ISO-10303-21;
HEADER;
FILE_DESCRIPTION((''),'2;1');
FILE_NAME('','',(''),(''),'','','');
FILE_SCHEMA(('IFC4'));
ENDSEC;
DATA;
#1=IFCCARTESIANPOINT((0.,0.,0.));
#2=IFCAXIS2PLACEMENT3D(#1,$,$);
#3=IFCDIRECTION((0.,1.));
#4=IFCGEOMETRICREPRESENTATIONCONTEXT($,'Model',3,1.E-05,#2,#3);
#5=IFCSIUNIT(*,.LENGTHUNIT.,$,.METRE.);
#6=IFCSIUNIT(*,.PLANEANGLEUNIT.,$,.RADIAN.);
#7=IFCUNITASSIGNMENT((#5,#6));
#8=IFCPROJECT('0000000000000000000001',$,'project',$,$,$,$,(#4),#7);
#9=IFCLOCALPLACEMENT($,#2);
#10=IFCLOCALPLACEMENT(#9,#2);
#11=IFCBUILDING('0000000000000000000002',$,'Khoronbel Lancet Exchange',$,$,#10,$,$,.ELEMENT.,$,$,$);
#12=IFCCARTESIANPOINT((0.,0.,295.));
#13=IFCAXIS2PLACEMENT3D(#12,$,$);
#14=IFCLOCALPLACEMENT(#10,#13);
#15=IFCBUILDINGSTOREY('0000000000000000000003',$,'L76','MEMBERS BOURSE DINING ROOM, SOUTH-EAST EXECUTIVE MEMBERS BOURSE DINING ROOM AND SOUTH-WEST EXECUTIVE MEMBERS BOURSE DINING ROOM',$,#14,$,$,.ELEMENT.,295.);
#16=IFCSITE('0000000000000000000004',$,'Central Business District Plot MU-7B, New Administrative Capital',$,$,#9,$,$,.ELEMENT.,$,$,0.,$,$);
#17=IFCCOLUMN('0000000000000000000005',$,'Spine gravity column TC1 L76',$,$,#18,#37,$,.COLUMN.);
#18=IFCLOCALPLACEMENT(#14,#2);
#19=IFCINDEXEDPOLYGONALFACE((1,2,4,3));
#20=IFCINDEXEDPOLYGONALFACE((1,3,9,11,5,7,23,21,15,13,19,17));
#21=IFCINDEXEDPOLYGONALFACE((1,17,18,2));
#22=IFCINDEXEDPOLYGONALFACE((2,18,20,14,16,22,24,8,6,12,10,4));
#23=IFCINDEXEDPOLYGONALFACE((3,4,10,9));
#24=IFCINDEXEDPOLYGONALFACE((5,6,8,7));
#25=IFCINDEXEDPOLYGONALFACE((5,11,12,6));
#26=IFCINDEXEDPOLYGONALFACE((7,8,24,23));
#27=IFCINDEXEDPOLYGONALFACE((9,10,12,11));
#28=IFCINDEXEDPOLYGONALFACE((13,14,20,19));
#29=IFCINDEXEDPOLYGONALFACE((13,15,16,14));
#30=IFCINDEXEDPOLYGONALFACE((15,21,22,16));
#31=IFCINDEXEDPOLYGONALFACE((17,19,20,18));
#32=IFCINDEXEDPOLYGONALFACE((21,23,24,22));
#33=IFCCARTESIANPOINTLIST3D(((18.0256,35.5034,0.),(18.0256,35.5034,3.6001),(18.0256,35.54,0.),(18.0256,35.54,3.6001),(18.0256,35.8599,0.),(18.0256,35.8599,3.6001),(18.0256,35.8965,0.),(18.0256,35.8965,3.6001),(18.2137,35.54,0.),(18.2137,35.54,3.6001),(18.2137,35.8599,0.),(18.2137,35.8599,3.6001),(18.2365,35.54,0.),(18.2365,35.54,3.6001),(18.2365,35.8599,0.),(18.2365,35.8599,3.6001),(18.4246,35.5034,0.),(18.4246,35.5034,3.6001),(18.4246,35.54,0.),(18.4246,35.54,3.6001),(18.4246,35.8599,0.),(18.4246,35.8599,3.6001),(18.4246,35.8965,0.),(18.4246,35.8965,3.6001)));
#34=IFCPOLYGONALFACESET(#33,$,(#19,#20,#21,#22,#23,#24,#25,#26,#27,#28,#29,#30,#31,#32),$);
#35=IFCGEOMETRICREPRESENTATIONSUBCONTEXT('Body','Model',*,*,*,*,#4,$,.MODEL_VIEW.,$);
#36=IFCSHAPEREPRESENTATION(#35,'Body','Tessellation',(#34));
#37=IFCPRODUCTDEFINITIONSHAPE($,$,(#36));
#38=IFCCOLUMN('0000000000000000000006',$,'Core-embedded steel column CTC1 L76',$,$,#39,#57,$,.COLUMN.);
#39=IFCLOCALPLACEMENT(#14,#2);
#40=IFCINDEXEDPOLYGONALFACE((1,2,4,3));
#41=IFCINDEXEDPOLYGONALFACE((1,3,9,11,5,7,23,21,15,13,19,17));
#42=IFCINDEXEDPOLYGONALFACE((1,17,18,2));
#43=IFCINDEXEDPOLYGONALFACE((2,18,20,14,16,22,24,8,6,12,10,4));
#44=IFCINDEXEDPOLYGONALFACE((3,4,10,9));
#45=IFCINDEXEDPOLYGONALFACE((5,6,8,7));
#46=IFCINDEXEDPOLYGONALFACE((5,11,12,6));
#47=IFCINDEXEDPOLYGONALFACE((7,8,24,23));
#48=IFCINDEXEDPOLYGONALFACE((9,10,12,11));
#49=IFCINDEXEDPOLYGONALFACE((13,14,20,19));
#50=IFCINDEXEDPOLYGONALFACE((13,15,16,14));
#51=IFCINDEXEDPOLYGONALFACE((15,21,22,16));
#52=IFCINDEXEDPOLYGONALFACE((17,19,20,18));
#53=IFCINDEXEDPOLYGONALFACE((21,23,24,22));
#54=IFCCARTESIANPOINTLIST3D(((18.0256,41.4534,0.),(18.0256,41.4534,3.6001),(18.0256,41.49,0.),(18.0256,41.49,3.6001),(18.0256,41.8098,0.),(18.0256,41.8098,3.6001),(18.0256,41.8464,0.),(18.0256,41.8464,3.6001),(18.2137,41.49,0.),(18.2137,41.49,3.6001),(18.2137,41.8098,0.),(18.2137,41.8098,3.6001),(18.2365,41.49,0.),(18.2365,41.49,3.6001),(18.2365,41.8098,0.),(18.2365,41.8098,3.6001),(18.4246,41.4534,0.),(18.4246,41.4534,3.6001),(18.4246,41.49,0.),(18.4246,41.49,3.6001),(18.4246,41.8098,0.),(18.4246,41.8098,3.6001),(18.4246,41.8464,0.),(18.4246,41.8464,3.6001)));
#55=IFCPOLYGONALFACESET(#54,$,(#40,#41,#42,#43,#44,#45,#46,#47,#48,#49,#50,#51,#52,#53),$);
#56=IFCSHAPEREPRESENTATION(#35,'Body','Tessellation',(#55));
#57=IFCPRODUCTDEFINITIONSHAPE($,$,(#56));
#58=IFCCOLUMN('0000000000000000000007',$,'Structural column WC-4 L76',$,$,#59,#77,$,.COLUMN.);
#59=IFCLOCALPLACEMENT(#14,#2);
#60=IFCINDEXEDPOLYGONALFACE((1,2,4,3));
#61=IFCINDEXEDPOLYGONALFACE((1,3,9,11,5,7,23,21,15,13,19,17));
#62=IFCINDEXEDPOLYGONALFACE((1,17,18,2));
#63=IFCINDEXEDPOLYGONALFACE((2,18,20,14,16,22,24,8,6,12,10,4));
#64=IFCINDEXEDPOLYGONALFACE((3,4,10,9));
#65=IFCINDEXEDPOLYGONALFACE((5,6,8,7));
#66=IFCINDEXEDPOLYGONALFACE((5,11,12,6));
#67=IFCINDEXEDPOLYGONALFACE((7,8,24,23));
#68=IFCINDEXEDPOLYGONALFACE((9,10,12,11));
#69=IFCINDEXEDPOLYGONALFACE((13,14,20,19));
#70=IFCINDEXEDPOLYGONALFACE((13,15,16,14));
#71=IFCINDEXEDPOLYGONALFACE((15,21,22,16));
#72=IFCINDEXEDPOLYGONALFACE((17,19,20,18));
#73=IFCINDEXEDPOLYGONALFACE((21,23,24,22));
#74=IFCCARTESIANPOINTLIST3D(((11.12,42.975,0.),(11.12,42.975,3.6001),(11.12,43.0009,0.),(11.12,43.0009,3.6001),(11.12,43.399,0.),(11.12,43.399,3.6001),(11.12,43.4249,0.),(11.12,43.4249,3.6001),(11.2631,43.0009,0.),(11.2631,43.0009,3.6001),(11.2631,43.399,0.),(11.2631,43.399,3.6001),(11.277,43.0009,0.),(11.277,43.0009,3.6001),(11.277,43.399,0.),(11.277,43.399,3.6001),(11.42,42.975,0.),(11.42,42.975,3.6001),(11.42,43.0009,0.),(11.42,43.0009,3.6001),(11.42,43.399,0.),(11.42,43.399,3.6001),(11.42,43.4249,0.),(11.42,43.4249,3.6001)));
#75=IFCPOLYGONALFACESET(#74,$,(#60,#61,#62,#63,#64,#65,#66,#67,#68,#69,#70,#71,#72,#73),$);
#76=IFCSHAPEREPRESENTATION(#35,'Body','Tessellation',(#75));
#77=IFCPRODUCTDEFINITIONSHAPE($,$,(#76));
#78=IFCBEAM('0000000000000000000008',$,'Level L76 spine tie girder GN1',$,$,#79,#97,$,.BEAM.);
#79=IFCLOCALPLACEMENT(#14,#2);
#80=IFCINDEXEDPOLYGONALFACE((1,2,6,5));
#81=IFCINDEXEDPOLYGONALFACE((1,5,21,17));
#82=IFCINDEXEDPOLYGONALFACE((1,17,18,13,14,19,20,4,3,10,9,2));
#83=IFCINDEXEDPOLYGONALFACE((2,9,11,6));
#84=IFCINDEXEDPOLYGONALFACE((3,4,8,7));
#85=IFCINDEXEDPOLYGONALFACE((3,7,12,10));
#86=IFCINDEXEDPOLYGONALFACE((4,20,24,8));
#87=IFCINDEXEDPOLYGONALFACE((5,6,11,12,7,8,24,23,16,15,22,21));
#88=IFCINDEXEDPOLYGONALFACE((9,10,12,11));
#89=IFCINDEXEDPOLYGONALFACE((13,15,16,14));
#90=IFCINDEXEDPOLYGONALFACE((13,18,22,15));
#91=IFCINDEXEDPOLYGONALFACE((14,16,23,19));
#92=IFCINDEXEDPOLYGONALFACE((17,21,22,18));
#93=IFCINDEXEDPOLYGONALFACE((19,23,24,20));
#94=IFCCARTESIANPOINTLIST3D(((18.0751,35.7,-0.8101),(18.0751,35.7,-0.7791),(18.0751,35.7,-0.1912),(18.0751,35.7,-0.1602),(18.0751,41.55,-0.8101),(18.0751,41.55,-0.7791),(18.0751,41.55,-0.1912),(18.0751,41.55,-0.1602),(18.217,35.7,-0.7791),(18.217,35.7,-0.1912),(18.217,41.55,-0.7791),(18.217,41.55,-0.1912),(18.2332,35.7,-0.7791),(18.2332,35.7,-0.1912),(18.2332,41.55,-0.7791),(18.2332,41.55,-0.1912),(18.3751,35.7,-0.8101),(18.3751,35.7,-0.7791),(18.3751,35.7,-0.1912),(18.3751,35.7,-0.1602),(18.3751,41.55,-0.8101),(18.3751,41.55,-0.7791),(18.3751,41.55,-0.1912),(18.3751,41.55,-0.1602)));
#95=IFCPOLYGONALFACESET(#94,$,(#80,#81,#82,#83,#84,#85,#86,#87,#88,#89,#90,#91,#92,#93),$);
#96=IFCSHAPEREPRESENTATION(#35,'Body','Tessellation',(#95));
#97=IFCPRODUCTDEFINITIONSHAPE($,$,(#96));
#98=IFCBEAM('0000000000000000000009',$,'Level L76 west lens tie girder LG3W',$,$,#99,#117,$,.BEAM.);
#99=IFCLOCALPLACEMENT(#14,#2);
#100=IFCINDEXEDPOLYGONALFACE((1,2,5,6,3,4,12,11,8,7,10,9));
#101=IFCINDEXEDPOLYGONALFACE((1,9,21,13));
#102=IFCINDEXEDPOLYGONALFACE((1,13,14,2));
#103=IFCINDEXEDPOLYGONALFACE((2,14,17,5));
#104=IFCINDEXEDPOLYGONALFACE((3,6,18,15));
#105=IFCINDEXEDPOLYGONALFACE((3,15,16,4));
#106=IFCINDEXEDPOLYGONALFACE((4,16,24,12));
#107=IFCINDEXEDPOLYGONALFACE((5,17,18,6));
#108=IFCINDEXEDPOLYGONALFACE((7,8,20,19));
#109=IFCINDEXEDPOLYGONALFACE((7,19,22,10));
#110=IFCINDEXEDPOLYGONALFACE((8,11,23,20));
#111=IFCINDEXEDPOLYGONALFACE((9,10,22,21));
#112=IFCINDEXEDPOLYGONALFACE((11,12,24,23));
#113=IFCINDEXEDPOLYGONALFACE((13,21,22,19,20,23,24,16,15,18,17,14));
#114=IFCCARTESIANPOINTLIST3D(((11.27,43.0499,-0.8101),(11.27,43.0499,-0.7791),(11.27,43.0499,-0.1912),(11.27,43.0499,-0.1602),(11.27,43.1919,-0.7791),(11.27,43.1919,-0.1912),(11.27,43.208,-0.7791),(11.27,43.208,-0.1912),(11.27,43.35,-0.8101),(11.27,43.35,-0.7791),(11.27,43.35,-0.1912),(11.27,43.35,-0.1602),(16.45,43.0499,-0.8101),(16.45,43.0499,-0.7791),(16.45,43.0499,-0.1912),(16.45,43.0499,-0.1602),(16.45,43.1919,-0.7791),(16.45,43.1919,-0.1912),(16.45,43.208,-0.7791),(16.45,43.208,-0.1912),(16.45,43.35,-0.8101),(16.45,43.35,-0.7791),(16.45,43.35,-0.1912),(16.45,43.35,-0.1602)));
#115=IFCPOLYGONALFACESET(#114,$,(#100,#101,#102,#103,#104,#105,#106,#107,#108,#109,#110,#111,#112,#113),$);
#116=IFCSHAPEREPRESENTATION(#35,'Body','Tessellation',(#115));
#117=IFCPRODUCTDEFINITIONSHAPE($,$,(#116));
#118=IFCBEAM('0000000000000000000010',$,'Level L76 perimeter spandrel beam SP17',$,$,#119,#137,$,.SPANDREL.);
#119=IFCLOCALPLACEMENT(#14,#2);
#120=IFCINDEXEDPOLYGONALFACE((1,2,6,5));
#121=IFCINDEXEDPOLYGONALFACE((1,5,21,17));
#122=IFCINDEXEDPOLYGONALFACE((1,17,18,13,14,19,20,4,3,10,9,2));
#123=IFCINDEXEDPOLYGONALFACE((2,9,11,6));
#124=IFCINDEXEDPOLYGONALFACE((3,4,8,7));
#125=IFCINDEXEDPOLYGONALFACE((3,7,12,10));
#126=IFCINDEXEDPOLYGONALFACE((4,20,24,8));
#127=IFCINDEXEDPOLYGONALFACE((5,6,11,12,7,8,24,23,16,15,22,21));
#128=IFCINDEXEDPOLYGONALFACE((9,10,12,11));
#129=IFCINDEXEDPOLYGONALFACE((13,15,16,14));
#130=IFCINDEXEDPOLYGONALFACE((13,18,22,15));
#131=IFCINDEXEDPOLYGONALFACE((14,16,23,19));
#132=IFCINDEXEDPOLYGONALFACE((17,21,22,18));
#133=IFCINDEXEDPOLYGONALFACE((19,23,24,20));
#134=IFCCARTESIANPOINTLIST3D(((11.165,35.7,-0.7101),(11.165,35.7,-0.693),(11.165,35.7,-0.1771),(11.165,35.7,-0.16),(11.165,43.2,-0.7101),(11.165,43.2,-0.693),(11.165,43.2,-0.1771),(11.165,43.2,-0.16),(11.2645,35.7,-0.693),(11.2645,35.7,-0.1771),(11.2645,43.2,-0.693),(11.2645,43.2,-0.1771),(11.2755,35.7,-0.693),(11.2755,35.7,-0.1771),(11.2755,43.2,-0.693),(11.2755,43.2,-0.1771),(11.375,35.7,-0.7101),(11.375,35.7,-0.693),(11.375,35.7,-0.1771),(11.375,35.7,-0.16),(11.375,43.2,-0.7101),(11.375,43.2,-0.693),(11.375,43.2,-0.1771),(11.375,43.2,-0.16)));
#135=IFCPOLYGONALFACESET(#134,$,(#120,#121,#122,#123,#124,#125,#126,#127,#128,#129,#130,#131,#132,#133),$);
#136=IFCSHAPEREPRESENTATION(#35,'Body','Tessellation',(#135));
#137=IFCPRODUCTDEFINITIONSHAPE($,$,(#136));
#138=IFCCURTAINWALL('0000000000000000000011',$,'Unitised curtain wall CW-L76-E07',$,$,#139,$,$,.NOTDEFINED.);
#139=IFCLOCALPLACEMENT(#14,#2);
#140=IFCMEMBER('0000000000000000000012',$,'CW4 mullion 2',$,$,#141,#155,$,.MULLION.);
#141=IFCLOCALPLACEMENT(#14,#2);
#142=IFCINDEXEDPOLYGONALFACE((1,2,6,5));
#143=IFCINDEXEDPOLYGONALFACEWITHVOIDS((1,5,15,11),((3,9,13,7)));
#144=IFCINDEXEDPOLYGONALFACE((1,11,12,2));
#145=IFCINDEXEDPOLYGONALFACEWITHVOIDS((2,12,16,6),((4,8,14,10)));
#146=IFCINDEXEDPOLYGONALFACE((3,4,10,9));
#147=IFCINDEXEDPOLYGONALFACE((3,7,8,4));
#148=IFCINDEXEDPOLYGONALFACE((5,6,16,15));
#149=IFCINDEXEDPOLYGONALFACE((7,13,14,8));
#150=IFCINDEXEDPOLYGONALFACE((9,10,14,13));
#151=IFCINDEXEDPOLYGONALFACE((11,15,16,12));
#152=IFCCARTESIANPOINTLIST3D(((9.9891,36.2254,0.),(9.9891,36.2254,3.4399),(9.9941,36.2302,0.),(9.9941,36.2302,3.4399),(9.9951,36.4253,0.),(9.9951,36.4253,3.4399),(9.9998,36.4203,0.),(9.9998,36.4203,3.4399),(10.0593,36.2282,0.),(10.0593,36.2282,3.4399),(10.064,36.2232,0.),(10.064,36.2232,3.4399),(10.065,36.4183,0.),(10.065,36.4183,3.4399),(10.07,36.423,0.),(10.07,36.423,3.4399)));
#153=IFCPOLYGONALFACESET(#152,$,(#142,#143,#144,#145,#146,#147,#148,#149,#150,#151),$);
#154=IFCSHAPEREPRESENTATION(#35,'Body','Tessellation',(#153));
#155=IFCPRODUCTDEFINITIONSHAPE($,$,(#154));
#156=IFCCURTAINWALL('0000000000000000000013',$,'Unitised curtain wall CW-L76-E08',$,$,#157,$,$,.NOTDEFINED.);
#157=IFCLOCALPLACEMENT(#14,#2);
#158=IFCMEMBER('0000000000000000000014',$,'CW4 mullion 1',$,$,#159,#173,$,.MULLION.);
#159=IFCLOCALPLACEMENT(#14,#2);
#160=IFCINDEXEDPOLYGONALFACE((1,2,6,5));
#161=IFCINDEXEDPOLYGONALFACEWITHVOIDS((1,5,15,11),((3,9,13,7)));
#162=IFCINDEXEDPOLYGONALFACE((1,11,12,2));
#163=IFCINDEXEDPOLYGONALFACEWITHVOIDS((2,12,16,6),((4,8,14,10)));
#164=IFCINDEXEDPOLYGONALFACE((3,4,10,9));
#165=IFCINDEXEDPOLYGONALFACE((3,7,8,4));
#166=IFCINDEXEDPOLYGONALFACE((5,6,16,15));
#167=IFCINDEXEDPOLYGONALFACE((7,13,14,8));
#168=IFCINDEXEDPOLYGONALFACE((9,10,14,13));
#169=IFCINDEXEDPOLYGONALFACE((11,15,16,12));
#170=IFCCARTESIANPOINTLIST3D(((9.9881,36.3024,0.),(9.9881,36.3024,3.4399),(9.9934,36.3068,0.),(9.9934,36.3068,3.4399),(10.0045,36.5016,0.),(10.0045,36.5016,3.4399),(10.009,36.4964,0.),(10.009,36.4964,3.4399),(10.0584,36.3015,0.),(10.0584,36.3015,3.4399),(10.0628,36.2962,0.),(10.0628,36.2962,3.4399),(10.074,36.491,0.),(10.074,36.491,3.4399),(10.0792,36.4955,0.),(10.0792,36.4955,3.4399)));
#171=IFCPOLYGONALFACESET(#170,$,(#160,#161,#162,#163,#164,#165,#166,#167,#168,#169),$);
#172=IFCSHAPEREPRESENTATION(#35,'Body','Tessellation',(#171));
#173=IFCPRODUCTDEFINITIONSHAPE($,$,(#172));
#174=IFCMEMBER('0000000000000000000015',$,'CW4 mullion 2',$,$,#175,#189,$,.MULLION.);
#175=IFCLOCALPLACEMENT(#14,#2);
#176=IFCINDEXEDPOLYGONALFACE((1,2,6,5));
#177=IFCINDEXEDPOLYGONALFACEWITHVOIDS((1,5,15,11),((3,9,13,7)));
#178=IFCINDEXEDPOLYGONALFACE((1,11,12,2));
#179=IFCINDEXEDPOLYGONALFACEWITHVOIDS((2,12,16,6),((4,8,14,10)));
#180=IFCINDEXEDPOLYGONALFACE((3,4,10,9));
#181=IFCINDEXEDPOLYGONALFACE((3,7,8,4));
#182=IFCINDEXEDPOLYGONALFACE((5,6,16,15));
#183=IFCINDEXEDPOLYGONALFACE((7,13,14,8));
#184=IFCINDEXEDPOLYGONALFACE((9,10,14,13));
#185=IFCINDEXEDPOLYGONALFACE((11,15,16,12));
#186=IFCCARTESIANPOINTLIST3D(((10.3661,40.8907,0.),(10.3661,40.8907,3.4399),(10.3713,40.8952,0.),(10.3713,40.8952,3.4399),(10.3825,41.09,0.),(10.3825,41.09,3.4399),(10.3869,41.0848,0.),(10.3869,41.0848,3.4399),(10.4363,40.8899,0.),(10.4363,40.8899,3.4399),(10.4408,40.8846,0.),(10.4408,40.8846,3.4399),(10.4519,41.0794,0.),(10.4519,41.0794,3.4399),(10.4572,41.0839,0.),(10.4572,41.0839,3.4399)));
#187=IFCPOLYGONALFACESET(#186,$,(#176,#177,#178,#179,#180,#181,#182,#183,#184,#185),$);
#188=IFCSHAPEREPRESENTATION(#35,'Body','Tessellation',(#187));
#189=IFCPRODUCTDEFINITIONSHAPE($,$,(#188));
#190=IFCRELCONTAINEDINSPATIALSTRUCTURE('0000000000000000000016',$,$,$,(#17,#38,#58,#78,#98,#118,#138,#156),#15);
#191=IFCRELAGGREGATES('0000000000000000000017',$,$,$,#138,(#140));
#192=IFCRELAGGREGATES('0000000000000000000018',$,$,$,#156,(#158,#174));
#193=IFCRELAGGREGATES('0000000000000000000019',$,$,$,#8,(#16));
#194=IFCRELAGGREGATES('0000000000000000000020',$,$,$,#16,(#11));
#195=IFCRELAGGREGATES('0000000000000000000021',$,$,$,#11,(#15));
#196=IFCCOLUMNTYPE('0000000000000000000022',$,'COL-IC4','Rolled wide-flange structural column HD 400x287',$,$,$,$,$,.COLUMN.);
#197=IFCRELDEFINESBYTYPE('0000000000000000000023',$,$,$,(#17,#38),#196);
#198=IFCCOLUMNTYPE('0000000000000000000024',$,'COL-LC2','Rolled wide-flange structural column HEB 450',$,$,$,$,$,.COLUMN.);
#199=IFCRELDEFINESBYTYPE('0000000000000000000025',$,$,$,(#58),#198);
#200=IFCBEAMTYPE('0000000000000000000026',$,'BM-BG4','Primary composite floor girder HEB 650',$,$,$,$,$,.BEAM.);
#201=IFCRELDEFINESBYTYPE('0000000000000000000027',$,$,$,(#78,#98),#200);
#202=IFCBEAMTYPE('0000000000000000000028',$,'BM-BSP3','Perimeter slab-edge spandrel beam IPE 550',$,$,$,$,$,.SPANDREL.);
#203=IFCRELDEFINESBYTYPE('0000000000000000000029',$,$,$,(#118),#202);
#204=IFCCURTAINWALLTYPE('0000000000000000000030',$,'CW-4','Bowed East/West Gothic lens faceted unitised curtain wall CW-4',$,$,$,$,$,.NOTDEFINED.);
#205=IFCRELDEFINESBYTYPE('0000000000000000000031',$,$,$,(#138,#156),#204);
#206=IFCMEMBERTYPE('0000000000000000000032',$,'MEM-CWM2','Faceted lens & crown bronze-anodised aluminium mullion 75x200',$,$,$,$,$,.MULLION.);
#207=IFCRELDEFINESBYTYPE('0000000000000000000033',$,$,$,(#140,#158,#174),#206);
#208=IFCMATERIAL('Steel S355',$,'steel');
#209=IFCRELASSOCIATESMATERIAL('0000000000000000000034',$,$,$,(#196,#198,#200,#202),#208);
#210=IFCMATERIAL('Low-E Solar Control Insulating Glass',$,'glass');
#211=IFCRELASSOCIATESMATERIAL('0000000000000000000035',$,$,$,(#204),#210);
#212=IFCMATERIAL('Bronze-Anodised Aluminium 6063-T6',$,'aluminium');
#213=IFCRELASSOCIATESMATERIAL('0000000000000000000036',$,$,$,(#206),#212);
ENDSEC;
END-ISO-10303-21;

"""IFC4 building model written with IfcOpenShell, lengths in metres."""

from ifc_helpers import new_model, si_unit, direction, frame, origin, origin_2d, place, context, subcontext, project, spatial, hollow_rectangle, i_section, extrude, material, material_profile, profile_set, type_object, element, aggregate, save


model = new_model("IFC4")

# Units and contexts
model_context = context("Model", 3, precision=1e-05, world=origin(), true_north=direction((0.0, 1.0)))
body_context = subcontext(model_context, "Body", "Model", "MODEL_VIEW")
ifc_project = project(units=[si_unit("LENGTHUNIT", "METRE"), si_unit("PLANEANGLEUNIT", "RADIAN")], contexts=[model_context])

# Site, building, storey
site_placement = place(None, origin())
site = spatial("IfcSite", under=ifc_project, at=site_placement, Name="Central Business District Plot MU-7B, New Administrative Capital", CompositionType="ELEMENT", RefElevation=0.0)
building_placement = place(site_placement, origin())
building = spatial("IfcBuilding", under=site, at=building_placement, Name="Khoronbel Lancet Exchange", CompositionType="ELEMENT")
storey_placement = place(building_placement, frame((0.0, 0.0, 295.0)))
storey = spatial("IfcBuildingStorey", under=building, at=storey_placement, Name="L76", Description="MEMBERS BOURSE DINING ROOM, SOUTH-EAST EXECUTIVE MEMBERS BOURSE DINING ROOM AND SOUTH-WEST EXECUTIVE MEMBERS BOURSE DINING ROOM", CompositionType="ELEMENT", Elevation=295.0)

# Columns
ifc_material_1 = material(Name="Steel S355", Category="steel")
ifc_material_profile_1 = material_profile(ifc_material_1, i_section(OverallWidth=0.3989, OverallDepth=0.3931, WebThickness=0.0227, FlangeThickness=0.0366, at=origin_2d()), Name="HD 400x287")
ifc_profile_set_1 = profile_set([ifc_material_profile_1], Name="Steel S355")
column_type_1 = type_object("IfcColumnType", Name="COL-IC4", Description="Rolled wide-flange structural column HD 400x287", PredefinedType="COLUMN", material=ifc_profile_set_1)
for number, where, z_axis, x_axis, name in (
    (1, (18.2251, 35.7, 0.0), (0.0, 0.0, 1.0), (1.0, 0.0, 0.0), "Spine gravity column TC1 L76"),
    (2, (18.2251, 41.6499, 0.0), (0.0, 0.0, 1.0), (1.0, 0.0, 0.0), "Core-embedded steel column CTC1 L76"),
):
    element("IfcColumn", number, at=place(storey_placement, frame(where, z_axis=z_axis, x_axis=x_axis)), inside=storey, type_object=column_type_1, Name=name, PredefinedType="COLUMN", context=body_context, shape_type="SweptSolid", body=[
        extrude(i_section(OverallWidth=0.3989, OverallDepth=0.3931, WebThickness=0.0227, FlangeThickness=0.0366, at=origin_2d()), origin(), (0.0, 0.0, 1.0), 3.6001),
    ])
ifc_material_profile_2 = material_profile(ifc_material_1, i_section(OverallWidth=0.3, OverallDepth=0.45, WebThickness=0.0139, FlangeThickness=0.0259, at=origin_2d()), Name="HEB 450")
ifc_profile_set_2 = profile_set([ifc_material_profile_2], Name="Steel S355")
column_type_2 = type_object("IfcColumnType", Name="COL-LC2", Description="Rolled wide-flange structural column HEB 450", PredefinedType="COLUMN", material=ifc_profile_set_2)
column_placement = place(storey_placement, frame((11.27, 43.2, 0.0), z_axis=(0.0, 0.0, 1.0), x_axis=(1.0, 0.0, 0.0)))
element("IfcColumn", 3, at=column_placement, inside=storey, type_object=column_type_2, Name="Structural column WC-4 L76", PredefinedType="COLUMN", context=body_context, shape_type="SweptSolid", body=[
    extrude(i_section(OverallWidth=0.3, OverallDepth=0.45, WebThickness=0.0139, FlangeThickness=0.0259, at=origin_2d()), origin(), (0.0, 0.0, 1.0), 3.6001),
])

# Beams
ifc_material_profile_3 = material_profile(ifc_material_1, i_section(OverallWidth=0.3, OverallDepth=0.6499, WebThickness=0.0161, FlangeThickness=0.031, at=origin_2d()), Name="HEB 650")
ifc_profile_set_3 = profile_set([ifc_material_profile_3], Name="Steel S355")
beam_type_1 = type_object("IfcBeamType", Name="BM-BG4", Description="Primary composite floor girder HEB 650", PredefinedType="BEAM", material=ifc_profile_set_3)
beam_1_placement = place(storey_placement, frame((18.2251, 35.7, -0.4851), z_axis=(0.0, 1.0, 0.0), x_axis=(-1.0, 0.0, 0.0)))
element("IfcBeam", 4, at=beam_1_placement, inside=storey, type_object=beam_type_1, Name="Level L76 spine tie girder GN1", PredefinedType="BEAM", context=body_context, shape_type="SweptSolid", body=[
    extrude(i_section(OverallWidth=0.3, OverallDepth=0.6499, WebThickness=0.0161, FlangeThickness=0.031, at=origin_2d()), origin(), (0.0, 0.0, 1.0), 5.8501),
])
beam_2_placement = place(storey_placement, frame((11.27, 43.2, -0.4851), z_axis=(1.0, 0.0, 0.0), x_axis=(0.0, 1.0, 0.0)))
element("IfcBeam", 5, at=beam_2_placement, inside=storey, type_object=beam_type_1, Name="Level L76 west lens tie girder LG3W", PredefinedType="BEAM", context=body_context, shape_type="SweptSolid", body=[
    extrude(i_section(OverallWidth=0.3, OverallDepth=0.6499, WebThickness=0.0161, FlangeThickness=0.031, at=origin_2d()), origin(), (0.0, 0.0, 1.0), 5.1799),
])
ifc_material_profile_4 = material_profile(ifc_material_1, i_section(OverallWidth=0.21, OverallDepth=0.55, WebThickness=0.011, FlangeThickness=0.0171, at=origin_2d()), Name="IPE 550")
ifc_profile_set_4 = profile_set([ifc_material_profile_4], Name="Steel S355")
beam_type_2 = type_object("IfcBeamType", Name="BM-BSP3", Description="Perimeter slab-edge spandrel beam IPE 550", PredefinedType="SPANDREL", material=ifc_profile_set_4)
beam_3_placement = place(storey_placement, frame((11.27, 43.2, -0.4351), z_axis=(0.0, -1.0, 0.0), x_axis=(1.0, 0.0, 0.0)))
element("IfcBeam", 6, at=beam_3_placement, inside=storey, type_object=beam_type_2, Name="Level L76 perimeter spandrel beam SP17", PredefinedType="SPANDREL", context=body_context, shape_type="SweptSolid", body=[
    extrude(i_section(OverallWidth=0.21, OverallDepth=0.55, WebThickness=0.011, FlangeThickness=0.0171, at=origin_2d()), origin(), (0.0, 0.0, 1.0), 7.5),
])

# Curtain wall, member
ifc_material_2 = material(Name="Low-E Solar Control Insulating Glass", Category="glass")
curtain_wall_type = type_object("IfcCurtainWallType", Name="CW-4", Description="Bowed East/West Gothic lens faceted unitised curtain wall CW-4", PredefinedType="NOTDEFINED", material=ifc_material_2)
curtain_wall_1_placement = place(storey_placement, origin())
curtain_wall_1 = element("IfcCurtainWall", 7, at=curtain_wall_1_placement, inside=storey, type_object=curtain_wall_type, Name="Unitised curtain wall CW-L76-E07", PredefinedType="NOTDEFINED")
ifc_material_3 = material(Name="Bronze-Anodised Aluminium 6063-T6", Category="aluminium")
ifc_material_profile_5 = material_profile(ifc_material_3, hollow_rectangle(XDim=0.075, YDim=0.2, WallThickness=0.0049, at=origin_2d()), Name="ALU MULLION 75x200")
ifc_profile_set_5 = profile_set([ifc_material_profile_5], Name="Bronze-Anodised Aluminium 6063-T6")
member_type_1 = type_object("IfcMemberType", Name="MEM-CWM2", Description="Faceted lens & crown bronze-anodised aluminium mullion 75x200", PredefinedType="MULLION", material=ifc_profile_set_5)
member_1_placement = place(storey_placement, frame((10.0295, 36.3242, 0.0), z_axis=(0.0, 0.0, 1.0), x_axis=(-0.999545, 0.030148, 0.0)))
member_1 = element("IfcMember", 8, at=member_1_placement, type_object=member_type_1, Name="CW4 mullion 2", PredefinedType="MULLION", context=body_context, shape_type="SweptSolid", body=[
    extrude(hollow_rectangle(XDim=0.075, YDim=0.2, WallThickness=0.0049, at=origin_2d()), origin(), (0.0, 0.0, 1.0), 3.4399),
])
aggregate(curtain_wall_1, [member_1])

# Curtain wall, members
curtain_wall_2_placement = place(storey_placement, origin())
curtain_wall_2 = element("IfcCurtainWall", 9, at=curtain_wall_2_placement, inside=storey, type_object=curtain_wall_type, Name="Unitised curtain wall CW-L76-E08", PredefinedType="NOTDEFINED")
member_2_placement = place(storey_placement, frame((10.0337, 36.3989, 0.0), z_axis=(0.0, 0.0, 1.0), x_axis=(-0.996626, 0.082073, 0.0)))
member_2 = element("IfcMember", 10, at=member_2_placement, type_object=member_type_1, Name="CW4 mullion 1", PredefinedType="MULLION", context=body_context, shape_type="SweptSolid", body=[
    extrude(hollow_rectangle(XDim=0.075, YDim=0.2, WallThickness=0.0049, at=origin_2d()), origin(), (0.0, 0.0, 1.0), 3.4399),
])
member_3_placement = place(storey_placement, frame((10.4116, 40.9873, 0.0), z_axis=(0.0, 0.0, 1.0), x_axis=(-0.996626, 0.082073, 0.0)))
member_3 = element("IfcMember", 11, at=member_3_placement, type_object=member_type_1, Name="CW4 mullion 2", PredefinedType="MULLION", context=body_context, shape_type="SweptSolid", body=[
    extrude(hollow_rectangle(XDim=0.075, YDim=0.2, WallThickness=0.0049, at=origin_2d()), origin(), (0.0, 0.0, 1.0), 3.4399),
])

aggregate(curtain_wall_2, [member_2, member_3])

save(model, "model.ifc")
